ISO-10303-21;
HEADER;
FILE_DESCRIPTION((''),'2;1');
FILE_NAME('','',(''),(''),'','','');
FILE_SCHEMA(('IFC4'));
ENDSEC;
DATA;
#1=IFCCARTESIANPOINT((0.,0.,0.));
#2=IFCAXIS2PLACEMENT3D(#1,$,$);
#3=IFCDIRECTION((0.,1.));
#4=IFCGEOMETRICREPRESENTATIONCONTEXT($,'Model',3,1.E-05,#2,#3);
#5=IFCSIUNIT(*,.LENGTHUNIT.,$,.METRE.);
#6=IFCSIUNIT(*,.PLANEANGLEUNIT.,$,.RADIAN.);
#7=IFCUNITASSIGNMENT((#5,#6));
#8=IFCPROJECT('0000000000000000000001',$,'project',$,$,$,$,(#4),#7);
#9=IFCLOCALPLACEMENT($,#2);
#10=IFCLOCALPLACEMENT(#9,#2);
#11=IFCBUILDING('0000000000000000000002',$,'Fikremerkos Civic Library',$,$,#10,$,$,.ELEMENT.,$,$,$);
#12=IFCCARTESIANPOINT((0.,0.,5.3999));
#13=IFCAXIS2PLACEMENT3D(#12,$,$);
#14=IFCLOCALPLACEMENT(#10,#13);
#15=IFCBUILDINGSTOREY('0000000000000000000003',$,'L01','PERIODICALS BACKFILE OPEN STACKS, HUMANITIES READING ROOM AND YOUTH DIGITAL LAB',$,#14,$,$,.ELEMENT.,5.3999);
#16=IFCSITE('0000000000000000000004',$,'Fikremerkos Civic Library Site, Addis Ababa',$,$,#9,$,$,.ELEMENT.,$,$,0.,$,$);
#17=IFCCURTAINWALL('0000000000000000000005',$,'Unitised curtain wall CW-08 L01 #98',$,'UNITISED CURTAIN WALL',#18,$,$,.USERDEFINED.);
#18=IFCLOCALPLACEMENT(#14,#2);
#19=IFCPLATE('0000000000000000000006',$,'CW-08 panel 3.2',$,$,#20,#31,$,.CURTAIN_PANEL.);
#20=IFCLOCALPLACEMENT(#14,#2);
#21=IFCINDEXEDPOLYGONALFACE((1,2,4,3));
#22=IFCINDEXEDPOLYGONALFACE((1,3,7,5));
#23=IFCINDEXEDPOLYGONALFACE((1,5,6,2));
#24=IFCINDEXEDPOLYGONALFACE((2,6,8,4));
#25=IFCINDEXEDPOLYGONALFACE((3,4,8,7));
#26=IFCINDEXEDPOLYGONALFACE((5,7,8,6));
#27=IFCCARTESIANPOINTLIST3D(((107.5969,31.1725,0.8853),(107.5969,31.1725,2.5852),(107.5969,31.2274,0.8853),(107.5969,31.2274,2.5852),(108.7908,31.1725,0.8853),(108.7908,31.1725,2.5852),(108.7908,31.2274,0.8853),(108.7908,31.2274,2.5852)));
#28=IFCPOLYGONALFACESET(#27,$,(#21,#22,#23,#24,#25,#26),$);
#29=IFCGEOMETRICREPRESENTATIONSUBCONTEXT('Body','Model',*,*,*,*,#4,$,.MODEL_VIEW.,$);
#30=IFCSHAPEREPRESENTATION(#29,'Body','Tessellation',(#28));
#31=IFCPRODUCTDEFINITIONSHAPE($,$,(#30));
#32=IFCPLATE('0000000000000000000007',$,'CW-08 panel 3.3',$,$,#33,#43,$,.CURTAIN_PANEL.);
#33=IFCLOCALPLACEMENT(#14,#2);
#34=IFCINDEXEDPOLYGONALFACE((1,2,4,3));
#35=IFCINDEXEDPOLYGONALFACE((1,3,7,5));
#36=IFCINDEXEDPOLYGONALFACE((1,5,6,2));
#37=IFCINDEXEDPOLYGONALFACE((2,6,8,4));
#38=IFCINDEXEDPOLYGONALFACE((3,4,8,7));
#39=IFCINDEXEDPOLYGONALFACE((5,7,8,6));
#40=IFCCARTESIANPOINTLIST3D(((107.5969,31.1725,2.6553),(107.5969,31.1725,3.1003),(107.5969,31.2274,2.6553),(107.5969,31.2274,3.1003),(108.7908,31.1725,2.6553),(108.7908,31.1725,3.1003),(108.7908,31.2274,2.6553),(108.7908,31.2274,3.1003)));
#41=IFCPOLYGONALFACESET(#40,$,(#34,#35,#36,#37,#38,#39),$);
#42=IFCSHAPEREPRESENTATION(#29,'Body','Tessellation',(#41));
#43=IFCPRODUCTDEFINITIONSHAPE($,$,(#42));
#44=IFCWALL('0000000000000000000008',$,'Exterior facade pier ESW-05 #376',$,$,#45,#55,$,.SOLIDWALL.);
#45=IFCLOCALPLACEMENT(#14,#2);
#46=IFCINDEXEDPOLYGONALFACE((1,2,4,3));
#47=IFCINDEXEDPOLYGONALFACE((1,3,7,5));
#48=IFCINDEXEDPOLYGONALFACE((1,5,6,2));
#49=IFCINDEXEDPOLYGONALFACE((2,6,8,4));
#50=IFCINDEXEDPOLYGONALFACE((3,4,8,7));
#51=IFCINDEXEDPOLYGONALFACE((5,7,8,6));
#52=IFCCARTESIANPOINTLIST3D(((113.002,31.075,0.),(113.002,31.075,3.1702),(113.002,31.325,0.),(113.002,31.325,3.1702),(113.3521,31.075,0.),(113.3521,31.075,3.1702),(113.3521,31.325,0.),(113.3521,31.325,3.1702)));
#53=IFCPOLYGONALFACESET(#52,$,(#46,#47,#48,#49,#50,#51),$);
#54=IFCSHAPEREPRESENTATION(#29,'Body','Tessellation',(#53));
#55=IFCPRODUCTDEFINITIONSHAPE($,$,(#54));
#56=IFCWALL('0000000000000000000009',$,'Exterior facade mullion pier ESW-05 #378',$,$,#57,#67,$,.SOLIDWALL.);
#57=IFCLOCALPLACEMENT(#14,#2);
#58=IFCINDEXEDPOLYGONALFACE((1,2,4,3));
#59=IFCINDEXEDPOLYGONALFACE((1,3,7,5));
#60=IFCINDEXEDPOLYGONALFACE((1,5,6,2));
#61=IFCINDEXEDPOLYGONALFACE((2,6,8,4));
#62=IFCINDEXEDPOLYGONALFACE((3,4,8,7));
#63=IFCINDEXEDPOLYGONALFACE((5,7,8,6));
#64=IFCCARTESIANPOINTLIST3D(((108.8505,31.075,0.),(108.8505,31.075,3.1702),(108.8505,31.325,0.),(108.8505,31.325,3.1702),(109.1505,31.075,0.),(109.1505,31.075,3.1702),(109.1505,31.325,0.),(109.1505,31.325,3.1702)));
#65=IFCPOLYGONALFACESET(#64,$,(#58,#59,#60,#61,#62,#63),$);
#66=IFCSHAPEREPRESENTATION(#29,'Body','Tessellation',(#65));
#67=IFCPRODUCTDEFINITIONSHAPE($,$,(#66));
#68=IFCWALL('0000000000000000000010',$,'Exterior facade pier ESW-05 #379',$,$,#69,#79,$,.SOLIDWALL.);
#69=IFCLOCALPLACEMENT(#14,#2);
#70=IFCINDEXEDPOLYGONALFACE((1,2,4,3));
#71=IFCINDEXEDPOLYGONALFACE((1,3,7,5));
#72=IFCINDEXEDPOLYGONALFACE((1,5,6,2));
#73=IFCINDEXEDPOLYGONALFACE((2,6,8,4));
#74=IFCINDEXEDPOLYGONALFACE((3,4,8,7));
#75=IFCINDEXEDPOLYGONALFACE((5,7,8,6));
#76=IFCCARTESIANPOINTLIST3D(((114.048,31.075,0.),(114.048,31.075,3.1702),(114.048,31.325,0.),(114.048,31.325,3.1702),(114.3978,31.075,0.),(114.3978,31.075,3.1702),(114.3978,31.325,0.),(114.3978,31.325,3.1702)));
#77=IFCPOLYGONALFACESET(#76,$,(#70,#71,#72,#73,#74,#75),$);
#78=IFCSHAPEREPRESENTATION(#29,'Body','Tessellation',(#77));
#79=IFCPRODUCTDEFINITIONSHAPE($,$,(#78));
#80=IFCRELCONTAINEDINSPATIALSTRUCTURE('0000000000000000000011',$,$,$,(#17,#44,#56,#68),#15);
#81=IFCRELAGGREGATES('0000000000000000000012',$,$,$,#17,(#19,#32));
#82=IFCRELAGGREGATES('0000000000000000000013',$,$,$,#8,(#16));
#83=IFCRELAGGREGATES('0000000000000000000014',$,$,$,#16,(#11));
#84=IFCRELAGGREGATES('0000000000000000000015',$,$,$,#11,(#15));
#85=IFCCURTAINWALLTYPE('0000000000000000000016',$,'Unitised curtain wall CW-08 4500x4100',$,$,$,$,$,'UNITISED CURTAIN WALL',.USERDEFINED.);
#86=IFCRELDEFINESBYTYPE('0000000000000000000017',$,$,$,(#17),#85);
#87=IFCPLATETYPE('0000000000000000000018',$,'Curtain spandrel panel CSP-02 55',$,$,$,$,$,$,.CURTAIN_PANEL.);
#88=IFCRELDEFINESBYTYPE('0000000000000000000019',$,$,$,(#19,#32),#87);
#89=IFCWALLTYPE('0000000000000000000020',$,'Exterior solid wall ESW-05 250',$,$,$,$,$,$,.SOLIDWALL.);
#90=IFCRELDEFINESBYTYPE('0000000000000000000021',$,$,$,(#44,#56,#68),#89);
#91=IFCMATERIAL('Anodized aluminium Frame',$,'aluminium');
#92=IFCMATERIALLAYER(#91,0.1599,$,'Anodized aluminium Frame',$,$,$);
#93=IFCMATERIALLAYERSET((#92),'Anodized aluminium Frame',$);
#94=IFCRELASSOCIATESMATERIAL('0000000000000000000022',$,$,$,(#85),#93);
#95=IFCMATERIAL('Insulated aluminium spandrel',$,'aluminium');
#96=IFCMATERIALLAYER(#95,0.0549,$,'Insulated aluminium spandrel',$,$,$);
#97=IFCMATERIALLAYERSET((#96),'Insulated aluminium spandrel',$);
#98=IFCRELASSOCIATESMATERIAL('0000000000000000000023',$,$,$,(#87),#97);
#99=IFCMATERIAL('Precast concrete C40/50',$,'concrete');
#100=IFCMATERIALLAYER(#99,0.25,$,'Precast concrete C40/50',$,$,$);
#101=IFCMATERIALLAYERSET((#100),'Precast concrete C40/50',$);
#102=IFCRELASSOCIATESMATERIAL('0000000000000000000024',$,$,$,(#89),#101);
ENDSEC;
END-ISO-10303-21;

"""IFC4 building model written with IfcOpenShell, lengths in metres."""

from ifc_helpers import new_model, si_unit, direction, frame, frame_2d, origin, origin_2d, place, context, subcontext, project, spatial, rectangle, extrude, material, layer, layer_set, type_object, element, aggregate, save


model = new_model("IFC4")

# Units and contexts
model_context = context("Model", 3, precision=1e-05, world=origin(), true_north=direction((0.0, 1.0)))
body_context = subcontext(model_context, "Body", "Model", "MODEL_VIEW")
ifc_project = project(units=[si_unit("LENGTHUNIT", "METRE"), si_unit("PLANEANGLEUNIT", "RADIAN")], contexts=[model_context])

# Site, building, storey
site_placement = place(None, origin())
site = spatial("IfcSite", under=ifc_project, at=site_placement, Name="Fikremerkos Civic Library Site, Addis Ababa", CompositionType="ELEMENT", RefElevation=0.0)
building_placement = place(site_placement, origin())
building = spatial("IfcBuilding", under=site, at=building_placement, Name="Fikremerkos Civic Library", CompositionType="ELEMENT")
storey_placement = place(building_placement, frame((0.0, 0.0, 5.3999)))
storey = spatial("IfcBuildingStorey", under=building, at=storey_placement, Name="L01", Description="PERIODICALS BACKFILE OPEN STACKS, HUMANITIES READING ROOM AND YOUTH DIGITAL LAB", CompositionType="ELEMENT", Elevation=5.3999)

# Shared definitions
ifc_material_1 = material(Name="Anodized aluminium Frame", Category="aluminium")

# Curtain wall
ifc_layer_1 = layer(ifc_material_1, 0.1599, Name="Anodized aluminium Frame")
ifc_layer_set_1 = layer_set([ifc_layer_1], Name="Anodized aluminium Frame")
curtain_wall_type_1 = type_object("IfcCurtainWallType", Name="Unitised curtain wall CW-08 4500x4100", ElementType="UNITISED CURTAIN WALL", PredefinedType="USERDEFINED", material=ifc_layer_set_1)
curtain_wall_1_placement = place(storey_placement, origin())
curtain_wall_1 = element("IfcCurtainWall", 1, at=curtain_wall_1_placement, inside=storey, type_object=curtain_wall_type_1, Name="Unitised curtain wall CW-08 L01 #98", ObjectType="UNITISED CURTAIN WALL", PredefinedType="USERDEFINED")

# Plates
ifc_material_2 = material(Name="Insulated aluminium spandrel", Category="aluminium")
ifc_layer_2 = layer(ifc_material_2, 0.0549, Name="Insulated aluminium spandrel")
ifc_layer_set_2 = layer_set([ifc_layer_2], Name="Insulated aluminium spandrel")
plate_type_1 = type_object("IfcPlateType", Name="Curtain spandrel panel CSP-02 55", PredefinedType="CURTAIN_PANEL", material=ifc_layer_set_2)
plate_1_placement = place(storey_placement, frame((108.1938, 31.2, 0.8853), z_axis=(0.0, 0.0, 1.0), x_axis=(1.0, 0.0, 0.0)))
plate_1 = element("IfcPlate", 2, at=plate_1_placement, type_object=plate_type_1, Name="CW-08 panel 3.2", PredefinedType="CURTAIN_PANEL", context=body_context, shape_type="SweptSolid", body=[
    extrude(rectangle(XDim=1.1938, YDim=0.0549, at=origin_2d()), origin(), (0.0, 0.0, 1.0), 1.7),
])
plate_2_placement = place(storey_placement, frame((108.1938, 31.2, 2.6553), z_axis=(0.0, 0.0, 1.0), x_axis=(1.0, 0.0, 0.0)))
plate_2 = element("IfcPlate", 3, at=plate_2_placement, type_object=plate_type_1, Name="CW-08 panel 3.3", PredefinedType="CURTAIN_PANEL", context=body_context, shape_type="SweptSolid", body=[
    extrude(rectangle(XDim=1.1938, YDim=0.0549, at=origin_2d()), origin(), (0.0, 0.0, 1.0), 0.4451),
])
aggregate(curtain_wall_1, [plate_1, plate_2])

# Walls
ifc_material_3 = material(Name="Precast concrete C40/50", Category="concrete")
ifc_layer_3 = layer(ifc_material_3, 0.25, Name="Precast concrete C40/50")
ifc_layer_set_3 = layer_set([ifc_layer_3], Name="Precast concrete C40/50")
wall_type = type_object("IfcWallType", Name="Exterior solid wall ESW-05 250", PredefinedType="SOLIDWALL", material=ifc_layer_set_3)
wall_1_placement = place(storey_placement, frame((113.002, 31.2, 0.0), z_axis=(0.0, 0.0, 1.0), x_axis=(1.0, 0.0, 0.0)))
element("IfcWall", 4, at=wall_1_placement, inside=storey, type_object=wall_type, Name="Exterior facade pier ESW-05 #376", PredefinedType="SOLIDWALL", context=body_context, shape_type="SweptSolid", body=[
    extrude(rectangle(XDim=0.3501, YDim=0.25, at=frame_2d((0.175, 0.0))), origin(), (0.0, 0.0, 1.0), 3.1702),
])
wall_2_placement = place(storey_placement, frame((108.8506, 31.2, 0.0), z_axis=(0.0, 0.0, 1.0), x_axis=(1.0, 0.0, 0.0)))
element("IfcWall", 5, at=wall_2_placement, inside=storey, type_object=wall_type, Name="Exterior facade mullion pier ESW-05 #378", PredefinedType="SOLIDWALL", context=body_context, shape_type="SweptSolid", body=[
    extrude(rectangle(XDim=0.3, YDim=0.25, at=frame_2d((0.1499, 0.0))), origin(), (0.0, 0.0, 1.0), 3.1702),
])
wall_3_placement = place(storey_placement, frame((114.0481, 31.2, 0.0), z_axis=(0.0, 0.0, 1.0), x_axis=(1.0, 0.0, 0.0)))
element("IfcWall", 6, at=wall_3_placement, inside=storey, type_object=wall_type, Name="Exterior facade pier ESW-05 #379", PredefinedType="SOLIDWALL", context=body_context, shape_type="SweptSolid", body=[
    extrude(rectangle(XDim=0.3499, YDim=0.25, at=frame_2d((0.1748, 0.0))), origin(), (0.0, 0.0, 1.0), 3.1702),
])

save(model, "model.ifc")
